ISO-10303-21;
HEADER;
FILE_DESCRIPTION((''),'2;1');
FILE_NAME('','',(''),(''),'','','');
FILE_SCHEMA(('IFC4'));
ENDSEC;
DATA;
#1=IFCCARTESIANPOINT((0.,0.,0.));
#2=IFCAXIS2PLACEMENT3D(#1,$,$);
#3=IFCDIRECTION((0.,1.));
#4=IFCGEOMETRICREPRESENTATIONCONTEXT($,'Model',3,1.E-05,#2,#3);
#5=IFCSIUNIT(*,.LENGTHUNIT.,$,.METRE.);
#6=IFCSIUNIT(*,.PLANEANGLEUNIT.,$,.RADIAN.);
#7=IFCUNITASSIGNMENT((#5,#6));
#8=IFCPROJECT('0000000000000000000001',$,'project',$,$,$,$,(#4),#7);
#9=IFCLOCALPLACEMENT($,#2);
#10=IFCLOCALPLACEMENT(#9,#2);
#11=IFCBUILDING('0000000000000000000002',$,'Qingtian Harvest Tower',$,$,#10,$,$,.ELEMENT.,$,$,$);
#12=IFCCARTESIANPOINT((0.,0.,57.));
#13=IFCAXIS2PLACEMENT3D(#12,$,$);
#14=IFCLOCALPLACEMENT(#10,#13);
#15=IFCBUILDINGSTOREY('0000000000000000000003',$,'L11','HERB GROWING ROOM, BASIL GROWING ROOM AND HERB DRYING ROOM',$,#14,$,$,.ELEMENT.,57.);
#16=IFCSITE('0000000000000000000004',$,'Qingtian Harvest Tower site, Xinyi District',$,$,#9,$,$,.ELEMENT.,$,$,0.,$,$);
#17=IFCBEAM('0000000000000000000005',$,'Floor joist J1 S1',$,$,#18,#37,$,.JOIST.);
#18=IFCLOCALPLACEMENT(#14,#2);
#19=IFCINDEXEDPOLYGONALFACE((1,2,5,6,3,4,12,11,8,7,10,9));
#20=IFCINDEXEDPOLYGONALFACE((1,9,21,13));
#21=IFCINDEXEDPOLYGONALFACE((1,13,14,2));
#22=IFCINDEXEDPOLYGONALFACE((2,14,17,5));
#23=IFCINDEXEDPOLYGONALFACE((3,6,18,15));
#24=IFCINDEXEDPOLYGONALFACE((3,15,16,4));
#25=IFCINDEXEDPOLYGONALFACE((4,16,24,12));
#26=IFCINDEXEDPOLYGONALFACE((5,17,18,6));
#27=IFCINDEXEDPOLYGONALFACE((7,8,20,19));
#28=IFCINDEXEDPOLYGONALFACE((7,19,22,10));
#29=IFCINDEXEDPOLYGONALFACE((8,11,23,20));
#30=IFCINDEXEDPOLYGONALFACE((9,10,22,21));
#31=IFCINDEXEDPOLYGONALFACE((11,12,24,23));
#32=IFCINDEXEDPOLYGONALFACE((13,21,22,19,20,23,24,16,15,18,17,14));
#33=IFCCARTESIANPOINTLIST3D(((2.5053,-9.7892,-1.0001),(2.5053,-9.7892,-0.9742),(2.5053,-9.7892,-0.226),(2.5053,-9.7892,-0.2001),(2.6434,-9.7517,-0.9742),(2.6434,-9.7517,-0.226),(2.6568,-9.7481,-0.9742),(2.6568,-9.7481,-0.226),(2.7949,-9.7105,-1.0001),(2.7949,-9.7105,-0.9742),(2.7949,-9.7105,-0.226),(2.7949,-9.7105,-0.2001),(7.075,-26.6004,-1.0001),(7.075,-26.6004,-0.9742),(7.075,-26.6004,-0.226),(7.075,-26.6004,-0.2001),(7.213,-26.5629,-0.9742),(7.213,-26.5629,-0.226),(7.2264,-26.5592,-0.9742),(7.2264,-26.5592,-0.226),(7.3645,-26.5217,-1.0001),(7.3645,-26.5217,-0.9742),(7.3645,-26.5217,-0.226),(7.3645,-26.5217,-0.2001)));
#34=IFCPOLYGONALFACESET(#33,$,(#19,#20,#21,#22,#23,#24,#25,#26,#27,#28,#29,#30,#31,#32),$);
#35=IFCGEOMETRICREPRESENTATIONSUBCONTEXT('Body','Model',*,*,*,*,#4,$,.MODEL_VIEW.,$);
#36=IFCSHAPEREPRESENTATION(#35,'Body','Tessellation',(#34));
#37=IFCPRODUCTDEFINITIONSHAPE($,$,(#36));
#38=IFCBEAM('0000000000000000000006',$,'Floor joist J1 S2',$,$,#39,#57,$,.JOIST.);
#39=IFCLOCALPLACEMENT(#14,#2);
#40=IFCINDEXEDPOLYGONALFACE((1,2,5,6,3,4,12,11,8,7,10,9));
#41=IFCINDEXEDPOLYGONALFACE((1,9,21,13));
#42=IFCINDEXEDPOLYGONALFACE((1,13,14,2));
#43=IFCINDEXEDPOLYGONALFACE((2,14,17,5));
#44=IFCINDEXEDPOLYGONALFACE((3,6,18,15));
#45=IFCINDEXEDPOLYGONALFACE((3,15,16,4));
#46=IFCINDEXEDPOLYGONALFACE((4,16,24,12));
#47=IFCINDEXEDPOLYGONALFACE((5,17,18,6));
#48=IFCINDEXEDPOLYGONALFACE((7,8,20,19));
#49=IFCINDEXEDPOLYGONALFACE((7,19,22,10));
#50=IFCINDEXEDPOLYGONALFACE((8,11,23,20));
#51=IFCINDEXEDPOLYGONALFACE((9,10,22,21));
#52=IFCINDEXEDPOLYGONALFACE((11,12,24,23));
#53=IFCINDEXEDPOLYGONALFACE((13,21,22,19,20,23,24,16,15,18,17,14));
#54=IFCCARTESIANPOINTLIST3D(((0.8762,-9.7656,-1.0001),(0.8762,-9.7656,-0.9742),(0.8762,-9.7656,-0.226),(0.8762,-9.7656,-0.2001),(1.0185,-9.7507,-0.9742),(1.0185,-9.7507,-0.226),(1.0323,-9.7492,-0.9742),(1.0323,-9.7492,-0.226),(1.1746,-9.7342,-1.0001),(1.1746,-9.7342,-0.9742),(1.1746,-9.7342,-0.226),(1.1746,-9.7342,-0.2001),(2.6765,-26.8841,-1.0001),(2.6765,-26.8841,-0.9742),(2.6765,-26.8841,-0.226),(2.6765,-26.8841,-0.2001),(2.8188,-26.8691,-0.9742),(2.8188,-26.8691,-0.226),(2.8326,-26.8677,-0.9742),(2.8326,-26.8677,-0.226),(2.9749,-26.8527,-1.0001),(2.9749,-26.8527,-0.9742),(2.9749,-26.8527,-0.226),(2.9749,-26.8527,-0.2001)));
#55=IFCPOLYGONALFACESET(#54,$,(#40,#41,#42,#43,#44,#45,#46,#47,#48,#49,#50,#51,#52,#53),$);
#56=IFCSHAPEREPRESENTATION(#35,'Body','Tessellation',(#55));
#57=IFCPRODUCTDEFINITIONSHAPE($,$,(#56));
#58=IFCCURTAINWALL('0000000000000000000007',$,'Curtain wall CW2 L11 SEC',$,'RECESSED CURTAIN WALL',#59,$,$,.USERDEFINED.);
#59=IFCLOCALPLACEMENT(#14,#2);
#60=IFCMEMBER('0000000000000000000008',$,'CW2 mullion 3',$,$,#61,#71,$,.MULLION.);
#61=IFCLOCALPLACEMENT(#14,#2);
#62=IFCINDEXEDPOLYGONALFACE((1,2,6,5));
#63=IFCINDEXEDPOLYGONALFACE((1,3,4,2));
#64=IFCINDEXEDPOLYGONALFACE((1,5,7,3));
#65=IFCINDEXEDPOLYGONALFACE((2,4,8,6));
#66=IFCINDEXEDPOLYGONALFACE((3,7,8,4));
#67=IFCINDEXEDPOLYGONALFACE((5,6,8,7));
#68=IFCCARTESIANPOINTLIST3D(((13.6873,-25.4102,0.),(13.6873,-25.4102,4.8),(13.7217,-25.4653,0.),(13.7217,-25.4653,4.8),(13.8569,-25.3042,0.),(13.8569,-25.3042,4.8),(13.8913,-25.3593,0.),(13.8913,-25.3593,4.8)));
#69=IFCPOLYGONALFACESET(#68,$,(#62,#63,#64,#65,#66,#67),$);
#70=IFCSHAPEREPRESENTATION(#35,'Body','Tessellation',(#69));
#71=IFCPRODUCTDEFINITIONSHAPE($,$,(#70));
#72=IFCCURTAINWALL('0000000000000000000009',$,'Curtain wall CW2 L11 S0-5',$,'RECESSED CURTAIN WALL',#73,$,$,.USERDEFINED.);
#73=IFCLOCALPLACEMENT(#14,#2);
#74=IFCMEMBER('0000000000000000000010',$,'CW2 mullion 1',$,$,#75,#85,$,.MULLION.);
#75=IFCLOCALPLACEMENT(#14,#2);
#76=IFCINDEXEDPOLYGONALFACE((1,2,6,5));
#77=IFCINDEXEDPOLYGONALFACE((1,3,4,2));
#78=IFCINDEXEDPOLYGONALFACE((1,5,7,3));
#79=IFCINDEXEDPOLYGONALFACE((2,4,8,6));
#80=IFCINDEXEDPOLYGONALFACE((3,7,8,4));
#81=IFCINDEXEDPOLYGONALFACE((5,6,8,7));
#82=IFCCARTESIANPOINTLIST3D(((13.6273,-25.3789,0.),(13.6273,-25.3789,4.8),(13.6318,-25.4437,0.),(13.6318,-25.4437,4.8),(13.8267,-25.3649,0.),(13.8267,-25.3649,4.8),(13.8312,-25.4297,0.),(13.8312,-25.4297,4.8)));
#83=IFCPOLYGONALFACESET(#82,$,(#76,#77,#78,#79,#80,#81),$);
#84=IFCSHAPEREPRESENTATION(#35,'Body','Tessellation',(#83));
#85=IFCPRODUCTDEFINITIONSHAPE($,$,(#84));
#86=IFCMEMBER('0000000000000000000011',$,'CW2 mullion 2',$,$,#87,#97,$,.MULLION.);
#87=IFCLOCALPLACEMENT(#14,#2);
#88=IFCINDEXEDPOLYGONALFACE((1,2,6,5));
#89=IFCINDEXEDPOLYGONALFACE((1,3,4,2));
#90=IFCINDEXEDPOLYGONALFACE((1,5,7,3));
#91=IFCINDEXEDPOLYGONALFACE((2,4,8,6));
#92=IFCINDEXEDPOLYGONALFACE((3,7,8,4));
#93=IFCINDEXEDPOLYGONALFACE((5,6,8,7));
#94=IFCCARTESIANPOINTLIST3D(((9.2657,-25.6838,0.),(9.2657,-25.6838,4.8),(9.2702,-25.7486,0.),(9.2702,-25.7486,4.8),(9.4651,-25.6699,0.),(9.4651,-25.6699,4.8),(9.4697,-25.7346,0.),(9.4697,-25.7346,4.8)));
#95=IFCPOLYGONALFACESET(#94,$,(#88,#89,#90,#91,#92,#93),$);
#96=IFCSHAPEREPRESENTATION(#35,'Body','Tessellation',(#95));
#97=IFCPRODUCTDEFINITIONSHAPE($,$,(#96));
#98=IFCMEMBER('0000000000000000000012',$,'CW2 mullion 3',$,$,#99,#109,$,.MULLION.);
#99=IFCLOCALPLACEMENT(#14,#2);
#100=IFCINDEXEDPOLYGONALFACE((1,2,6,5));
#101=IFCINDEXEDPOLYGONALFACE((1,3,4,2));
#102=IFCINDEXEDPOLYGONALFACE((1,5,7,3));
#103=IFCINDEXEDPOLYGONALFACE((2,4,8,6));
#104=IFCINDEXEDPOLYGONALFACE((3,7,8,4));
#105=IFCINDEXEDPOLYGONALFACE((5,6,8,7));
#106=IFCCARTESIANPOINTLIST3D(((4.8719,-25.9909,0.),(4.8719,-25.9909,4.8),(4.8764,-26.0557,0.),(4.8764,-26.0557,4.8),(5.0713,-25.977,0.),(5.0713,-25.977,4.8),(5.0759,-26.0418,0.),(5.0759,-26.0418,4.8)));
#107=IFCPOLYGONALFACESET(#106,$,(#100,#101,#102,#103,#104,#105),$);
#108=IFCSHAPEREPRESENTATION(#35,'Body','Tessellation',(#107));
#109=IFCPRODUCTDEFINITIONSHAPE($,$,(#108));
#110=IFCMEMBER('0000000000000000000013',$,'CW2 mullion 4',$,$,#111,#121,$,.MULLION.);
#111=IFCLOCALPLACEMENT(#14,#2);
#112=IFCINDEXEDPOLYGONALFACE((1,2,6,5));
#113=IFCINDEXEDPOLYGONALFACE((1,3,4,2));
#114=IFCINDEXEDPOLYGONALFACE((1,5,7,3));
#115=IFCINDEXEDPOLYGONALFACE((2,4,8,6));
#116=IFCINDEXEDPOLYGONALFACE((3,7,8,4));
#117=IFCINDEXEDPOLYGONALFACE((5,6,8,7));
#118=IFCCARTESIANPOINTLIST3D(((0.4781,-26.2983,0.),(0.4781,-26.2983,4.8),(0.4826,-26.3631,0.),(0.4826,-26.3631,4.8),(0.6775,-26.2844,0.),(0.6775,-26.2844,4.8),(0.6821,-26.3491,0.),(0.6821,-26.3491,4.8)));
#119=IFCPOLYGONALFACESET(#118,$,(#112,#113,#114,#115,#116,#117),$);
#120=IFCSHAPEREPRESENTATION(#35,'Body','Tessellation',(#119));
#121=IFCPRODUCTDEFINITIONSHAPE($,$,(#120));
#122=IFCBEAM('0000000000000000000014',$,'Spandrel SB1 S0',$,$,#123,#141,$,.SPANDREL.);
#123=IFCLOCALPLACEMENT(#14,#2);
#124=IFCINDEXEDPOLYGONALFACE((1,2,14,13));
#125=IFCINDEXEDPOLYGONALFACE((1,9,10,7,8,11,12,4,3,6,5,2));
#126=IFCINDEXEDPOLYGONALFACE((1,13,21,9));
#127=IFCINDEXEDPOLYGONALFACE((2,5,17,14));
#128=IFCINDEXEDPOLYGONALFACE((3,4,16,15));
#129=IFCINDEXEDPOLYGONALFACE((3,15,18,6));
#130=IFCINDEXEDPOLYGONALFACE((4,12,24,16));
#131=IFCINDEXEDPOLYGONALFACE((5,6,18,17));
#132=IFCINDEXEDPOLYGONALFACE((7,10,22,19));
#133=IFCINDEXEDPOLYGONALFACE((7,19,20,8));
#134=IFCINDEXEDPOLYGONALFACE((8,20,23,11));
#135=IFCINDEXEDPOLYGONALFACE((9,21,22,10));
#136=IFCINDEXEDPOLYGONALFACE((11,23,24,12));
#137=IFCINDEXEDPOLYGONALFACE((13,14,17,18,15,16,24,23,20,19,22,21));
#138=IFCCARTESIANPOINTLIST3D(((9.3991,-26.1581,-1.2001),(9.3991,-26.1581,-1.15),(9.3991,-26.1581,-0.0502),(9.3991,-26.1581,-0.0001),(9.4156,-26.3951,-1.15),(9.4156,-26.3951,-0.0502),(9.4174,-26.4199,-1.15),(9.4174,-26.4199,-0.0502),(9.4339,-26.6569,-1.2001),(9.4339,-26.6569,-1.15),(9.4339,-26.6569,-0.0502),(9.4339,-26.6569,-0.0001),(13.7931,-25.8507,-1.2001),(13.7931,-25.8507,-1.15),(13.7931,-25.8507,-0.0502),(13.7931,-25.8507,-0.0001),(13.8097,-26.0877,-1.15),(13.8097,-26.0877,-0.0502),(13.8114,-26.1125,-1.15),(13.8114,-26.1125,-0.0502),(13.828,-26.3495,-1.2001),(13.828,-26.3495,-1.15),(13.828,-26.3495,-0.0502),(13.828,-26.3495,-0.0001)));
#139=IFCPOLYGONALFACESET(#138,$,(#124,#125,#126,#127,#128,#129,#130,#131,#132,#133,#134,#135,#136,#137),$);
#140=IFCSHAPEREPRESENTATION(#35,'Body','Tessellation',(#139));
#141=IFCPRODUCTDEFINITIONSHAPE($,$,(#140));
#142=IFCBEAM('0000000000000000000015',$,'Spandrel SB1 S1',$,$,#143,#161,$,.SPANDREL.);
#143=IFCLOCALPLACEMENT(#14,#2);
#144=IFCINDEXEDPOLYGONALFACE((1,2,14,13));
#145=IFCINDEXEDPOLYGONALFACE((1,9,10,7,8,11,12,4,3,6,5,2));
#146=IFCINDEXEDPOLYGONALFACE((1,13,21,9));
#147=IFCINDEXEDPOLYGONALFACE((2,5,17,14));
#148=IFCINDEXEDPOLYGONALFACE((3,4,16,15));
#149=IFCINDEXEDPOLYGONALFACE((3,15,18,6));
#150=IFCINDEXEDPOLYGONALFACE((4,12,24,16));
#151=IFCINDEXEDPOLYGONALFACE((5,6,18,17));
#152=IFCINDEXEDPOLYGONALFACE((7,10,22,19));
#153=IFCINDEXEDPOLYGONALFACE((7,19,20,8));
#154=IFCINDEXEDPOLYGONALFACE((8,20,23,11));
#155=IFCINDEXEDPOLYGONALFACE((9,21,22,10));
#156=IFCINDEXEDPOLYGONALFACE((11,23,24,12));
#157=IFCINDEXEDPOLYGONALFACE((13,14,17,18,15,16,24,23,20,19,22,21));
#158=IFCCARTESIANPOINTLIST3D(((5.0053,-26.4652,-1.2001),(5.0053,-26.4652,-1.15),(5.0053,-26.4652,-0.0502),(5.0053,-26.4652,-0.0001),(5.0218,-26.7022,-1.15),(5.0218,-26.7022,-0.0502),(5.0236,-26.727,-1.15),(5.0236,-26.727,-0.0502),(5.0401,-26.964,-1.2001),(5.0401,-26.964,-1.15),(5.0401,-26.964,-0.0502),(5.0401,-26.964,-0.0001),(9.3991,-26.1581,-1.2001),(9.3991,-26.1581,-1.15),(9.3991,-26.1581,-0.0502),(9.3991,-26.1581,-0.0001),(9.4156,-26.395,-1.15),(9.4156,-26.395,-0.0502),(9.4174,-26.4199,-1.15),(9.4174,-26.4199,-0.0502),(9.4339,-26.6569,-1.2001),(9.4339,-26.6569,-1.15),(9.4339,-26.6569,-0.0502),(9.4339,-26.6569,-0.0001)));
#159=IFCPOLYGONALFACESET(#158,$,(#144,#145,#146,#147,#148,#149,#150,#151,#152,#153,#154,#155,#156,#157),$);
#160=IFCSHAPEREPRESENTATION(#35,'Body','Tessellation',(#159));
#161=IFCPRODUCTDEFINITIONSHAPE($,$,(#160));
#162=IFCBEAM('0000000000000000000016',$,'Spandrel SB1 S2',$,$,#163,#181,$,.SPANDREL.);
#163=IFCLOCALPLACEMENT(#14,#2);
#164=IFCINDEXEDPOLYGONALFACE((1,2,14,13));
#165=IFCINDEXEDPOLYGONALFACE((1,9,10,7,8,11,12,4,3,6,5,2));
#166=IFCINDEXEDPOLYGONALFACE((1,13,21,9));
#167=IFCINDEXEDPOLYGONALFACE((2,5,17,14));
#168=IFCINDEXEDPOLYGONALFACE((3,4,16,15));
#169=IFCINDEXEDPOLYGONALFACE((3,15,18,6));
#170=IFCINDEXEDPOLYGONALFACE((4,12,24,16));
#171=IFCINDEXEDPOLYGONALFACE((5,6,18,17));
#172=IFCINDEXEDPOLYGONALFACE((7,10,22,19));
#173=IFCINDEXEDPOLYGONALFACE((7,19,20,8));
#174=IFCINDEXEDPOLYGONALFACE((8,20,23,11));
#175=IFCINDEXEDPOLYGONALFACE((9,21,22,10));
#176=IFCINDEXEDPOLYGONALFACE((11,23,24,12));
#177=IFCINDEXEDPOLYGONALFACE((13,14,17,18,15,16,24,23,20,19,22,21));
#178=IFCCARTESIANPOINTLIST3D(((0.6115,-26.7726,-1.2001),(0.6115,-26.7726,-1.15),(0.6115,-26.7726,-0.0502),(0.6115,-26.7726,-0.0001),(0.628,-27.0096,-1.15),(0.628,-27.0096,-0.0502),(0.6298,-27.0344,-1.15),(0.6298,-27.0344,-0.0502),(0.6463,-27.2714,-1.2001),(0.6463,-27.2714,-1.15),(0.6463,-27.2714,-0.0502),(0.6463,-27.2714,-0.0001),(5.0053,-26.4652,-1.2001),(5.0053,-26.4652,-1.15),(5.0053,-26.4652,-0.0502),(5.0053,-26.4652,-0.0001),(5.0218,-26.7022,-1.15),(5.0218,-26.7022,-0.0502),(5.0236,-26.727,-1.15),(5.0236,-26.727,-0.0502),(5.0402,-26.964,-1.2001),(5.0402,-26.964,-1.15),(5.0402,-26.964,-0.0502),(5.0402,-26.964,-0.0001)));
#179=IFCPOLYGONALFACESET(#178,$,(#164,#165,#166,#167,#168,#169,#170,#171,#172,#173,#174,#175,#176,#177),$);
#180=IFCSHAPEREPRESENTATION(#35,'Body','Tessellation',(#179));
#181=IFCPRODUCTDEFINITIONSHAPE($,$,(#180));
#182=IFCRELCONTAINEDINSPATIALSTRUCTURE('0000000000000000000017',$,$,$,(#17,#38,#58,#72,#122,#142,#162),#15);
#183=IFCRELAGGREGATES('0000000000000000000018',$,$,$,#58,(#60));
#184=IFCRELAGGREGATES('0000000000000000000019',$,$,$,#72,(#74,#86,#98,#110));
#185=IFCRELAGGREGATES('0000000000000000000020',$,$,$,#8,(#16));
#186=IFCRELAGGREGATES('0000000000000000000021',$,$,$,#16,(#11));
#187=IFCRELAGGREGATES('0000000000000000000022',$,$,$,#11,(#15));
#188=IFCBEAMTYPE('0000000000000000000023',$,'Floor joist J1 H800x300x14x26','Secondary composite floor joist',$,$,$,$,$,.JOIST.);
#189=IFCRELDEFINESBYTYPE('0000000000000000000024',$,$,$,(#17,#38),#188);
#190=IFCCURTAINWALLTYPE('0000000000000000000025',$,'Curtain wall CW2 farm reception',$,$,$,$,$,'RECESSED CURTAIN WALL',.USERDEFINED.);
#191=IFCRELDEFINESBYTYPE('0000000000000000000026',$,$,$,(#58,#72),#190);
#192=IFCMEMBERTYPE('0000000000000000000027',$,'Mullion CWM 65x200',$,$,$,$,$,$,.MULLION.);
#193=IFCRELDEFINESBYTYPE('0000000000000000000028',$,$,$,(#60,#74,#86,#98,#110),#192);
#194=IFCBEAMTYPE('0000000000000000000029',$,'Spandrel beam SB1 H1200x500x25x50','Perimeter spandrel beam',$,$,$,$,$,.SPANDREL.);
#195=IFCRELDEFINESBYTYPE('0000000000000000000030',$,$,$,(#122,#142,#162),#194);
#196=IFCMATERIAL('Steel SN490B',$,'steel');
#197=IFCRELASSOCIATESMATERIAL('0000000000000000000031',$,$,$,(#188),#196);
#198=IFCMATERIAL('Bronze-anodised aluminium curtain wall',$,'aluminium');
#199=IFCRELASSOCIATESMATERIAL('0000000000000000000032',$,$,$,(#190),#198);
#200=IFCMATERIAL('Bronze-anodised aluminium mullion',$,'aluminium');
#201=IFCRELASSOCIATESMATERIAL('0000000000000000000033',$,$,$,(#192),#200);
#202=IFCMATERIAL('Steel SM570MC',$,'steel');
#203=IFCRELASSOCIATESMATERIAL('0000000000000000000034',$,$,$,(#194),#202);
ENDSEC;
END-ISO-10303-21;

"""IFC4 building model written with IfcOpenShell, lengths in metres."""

from ifc_helpers import new_model, si_unit, direction, frame, origin, origin_2d, place, context, subcontext, project, spatial, rectangle, i_section, extrude, material, material_profile, profile_set, type_object, element, aggregate, save


model = new_model("IFC4")

# Units and contexts
model_context = context("Model", 3, precision=1e-05, world=origin(), true_north=direction((0.0, 1.0)))
body_context = subcontext(model_context, "Body", "Model", "MODEL_VIEW")
ifc_project = project(units=[si_unit("LENGTHUNIT", "METRE"), si_unit("PLANEANGLEUNIT", "RADIAN")], contexts=[model_context])

# Site, building, storey
site_placement = place(None, origin())
site = spatial("IfcSite", under=ifc_project, at=site_placement, Name="Qingtian Harvest Tower site, Xinyi District", CompositionType="ELEMENT", RefElevation=0.0)
building_placement = place(site_placement, origin())
building = spatial("IfcBuilding", under=site, at=building_placement, Name="Qingtian Harvest Tower", CompositionType="ELEMENT")
storey_placement = place(building_placement, frame((0.0, 0.0, 57.0)))
storey = spatial("IfcBuildingStorey", under=building, at=storey_placement, Name="L11", Description="HERB GROWING ROOM, BASIL GROWING ROOM AND HERB DRYING ROOM", CompositionType="ELEMENT", Elevation=57.0)

# Beams
ifc_material_1 = material(Name="Steel SN490B", Category="steel")
ifc_material_profile_1 = material_profile(ifc_material_1, i_section(OverallWidth=0.3, OverallDepth=0.8, WebThickness=0.0139, FlangeThickness=0.0259, at=origin_2d()), Name="H800x300x14x26")
ifc_profile_set_1 = profile_set([ifc_material_profile_1], Name="Steel SN490B")
beam_type_1 = type_object("IfcBeamType", Name="Floor joist J1 H800x300x14x26", Description="Secondary composite floor joist", PredefinedType="JOIST", material=ifc_profile_set_1)
beam_1_placement = place(storey_placement, frame((7.2197, -26.561, -0.6001), z_axis=(-0.262303, 0.964986, 0.0), x_axis=(-0.964986, -0.262303, 0.0)))
element("IfcBeam", 1, at=beam_1_placement, inside=storey, type_object=beam_type_1, Name="Floor joist J1 S1", PredefinedType="JOIST", context=body_context, shape_type="SweptSolid", body=[
    extrude(i_section(OverallWidth=0.3, OverallDepth=0.8, WebThickness=0.0139, FlangeThickness=0.0259, at=origin_2d()), origin(), (0.0, 0.0, 1.0), 17.4211),
])
beam_2_placement = place(storey_placement, frame((2.8257, -26.8684, -0.6001), z_axis=(-0.10459, 0.994515, 0.0), x_axis=(-0.994515, -0.10459, 0.0)))
element("IfcBeam", 2, at=beam_2_placement, inside=storey, type_object=beam_type_1, Name="Floor joist J1 S2", PredefinedType="JOIST", context=body_context, shape_type="SweptSolid", body=[
    extrude(i_section(OverallWidth=0.3, OverallDepth=0.8, WebThickness=0.0139, FlangeThickness=0.0259, at=origin_2d()), origin(), (0.0, 0.0, 1.0), 17.2129),
])

# Curtain wall, member
ifc_material_2 = material(Name="Bronze-anodised aluminium curtain wall", Category="aluminium")
curtain_wall_type = type_object("IfcCurtainWallType", Name="Curtain wall CW2 farm reception", ElementType="RECESSED CURTAIN WALL", PredefinedType="USERDEFINED", material=ifc_material_2)
curtain_wall_1_placement = place(storey_placement, origin())
curtain_wall_1 = element("IfcCurtainWall", 3, at=curtain_wall_1_placement, inside=storey, type_object=curtain_wall_type, Name="Curtain wall CW2 L11 SEC", ObjectType="RECESSED CURTAIN WALL", PredefinedType="USERDEFINED")
ifc_material_3 = material(Name="Bronze-anodised aluminium mullion", Category="aluminium")
ifc_material_profile_2 = material_profile(ifc_material_3, rectangle(XDim=0.0649, YDim=0.2, at=origin_2d()), Name="AL 65x200")
ifc_profile_set_2 = profile_set([ifc_material_profile_2], Name="Bronze-anodised aluminium mullion")
member_type_1 = type_object("IfcMemberType", Name="Mullion CWM 65x200", PredefinedType="MULLION", material=ifc_profile_set_2)
member_1_placement = place(storey_placement, frame((13.7893, -25.3848, 0.0), z_axis=(0.0, 0.0, 1.0), x_axis=(0.529919, -0.848048, 0.0)))
member_1 = element("IfcMember", 4, at=member_1_placement, type_object=member_type_1, Name="CW2 mullion 3", PredefinedType="MULLION", context=body_context, shape_type="SweptSolid", body=[
    extrude(rectangle(XDim=0.0649, YDim=0.2, at=origin_2d()), origin(), (0.0, 0.0, 1.0), 4.8),
])

# Curtain wall, members
curtain_wall_2_placement = place(storey_placement, origin())
curtain_wall_2 = element("IfcCurtainWall", 5, at=curtain_wall_2_placement, inside=storey, type_object=curtain_wall_type, Name="Curtain wall CW2 L11 S0-5", ObjectType="RECESSED CURTAIN WALL", PredefinedType="USERDEFINED")
member_2_placement = place(storey_placement, frame((13.7292, -25.4043, 0.0), z_axis=(0.0, 0.0, 1.0), x_axis=(0.069756, -0.997564, 0.0)))
member_2 = element("IfcMember", 6, at=member_2_placement, type_object=member_type_1, Name="CW2 mullion 1", PredefinedType="MULLION", context=body_context, shape_type="SweptSolid", body=[
    extrude(rectangle(XDim=0.0649, YDim=0.2, at=origin_2d()), origin(), (0.0, 0.0, 1.0), 4.8),
])
member_3_placement = place(storey_placement, frame((9.3677, -25.7092, 0.0), z_axis=(0.0, 0.0, 1.0), x_axis=(0.069756, -0.997564, 0.0)))
member_3 = element("IfcMember", 7, at=member_3_placement, type_object=member_type_1, Name="CW2 mullion 2", PredefinedType="MULLION", context=body_context, shape_type="SweptSolid", body=[
    extrude(rectangle(XDim=0.0649, YDim=0.2, at=origin_2d()), origin(), (0.0, 0.0, 1.0), 4.8),
])
member_4_placement = place(storey_placement, frame((4.9739, -26.0164, 0.0), z_axis=(0.0, 0.0, 1.0), x_axis=(0.069756, -0.997564, 0.0)))
member_4 = element("IfcMember", 8, at=member_4_placement, type_object=member_type_1, Name="CW2 mullion 3", PredefinedType="MULLION", context=body_context, shape_type="SweptSolid", body=[
    extrude(rectangle(XDim=0.0649, YDim=0.2, at=origin_2d()), origin(), (0.0, 0.0, 1.0), 4.8),
])
member_5_placement = place(storey_placement, frame((0.5801, -26.3237, 0.0), z_axis=(0.0, 0.0, 1.0), x_axis=(0.069756, -0.997564, 0.0)))
member_5 = element("IfcMember", 9, at=member_5_placement, type_object=member_type_1, Name="CW2 mullion 4", PredefinedType="MULLION", context=body_context, shape_type="SweptSolid", body=[
    extrude(rectangle(XDim=0.0649, YDim=0.2, at=origin_2d()), origin(), (0.0, 0.0, 1.0), 4.8),
])

# Beams
ifc_material_4 = material(Name="Steel SM570MC", Category="steel")
ifc_material_profile_3 = material_profile(ifc_material_4, i_section(OverallWidth=0.5, OverallDepth=1.2, WebThickness=0.0249, FlangeThickness=0.05, at=origin_2d()), Name="H1200x500x25x50")
ifc_profile_set_3 = profile_set([ifc_material_profile_3], Name="Steel SM570MC")
beam_type_2 = type_object("IfcBeamType", Name="Spandrel beam SB1 H1200x500x25x50", Description="Perimeter spandrel beam", PredefinedType="SPANDREL", material=ifc_profile_set_3)
beam_3_placement = place(storey_placement, frame((13.8105, -26.1001, -0.6001), z_axis=(-0.997562, -0.069782, 0.0), x_axis=(0.069782, -0.997562, 0.0)))
element("IfcBeam", 10, at=beam_3_placement, inside=storey, type_object=beam_type_2, Name="Spandrel SB1 S0", PredefinedType="SPANDREL", context=body_context, shape_type="SweptSolid", body=[
    extrude(i_section(OverallWidth=0.5, OverallDepth=1.2, WebThickness=0.0249, FlangeThickness=0.05, at=origin_2d()), origin(), (0.0, 0.0, 1.0), 4.4048),
])
for number, where, z_axis, x_axis, name in (
    (11, (9.4165, -26.4075, -0.6001), (-0.997566, -0.06973, 0.0), (0.06973, -0.997566, 0.0), "Spandrel SB1 S1"),
    (12, (5.0227, -26.7146, -0.6001), (-0.997562, -0.069786, 0.0), (0.069786, -0.997562, 0.0), "Spandrel SB1 S2"),
):
    element("IfcBeam", number, at=place(storey_placement, frame(where, z_axis=z_axis, x_axis=x_axis)), inside=storey, type_object=beam_type_2, Name=name, PredefinedType="SPANDREL", context=body_context, shape_type="SweptSolid", body=[
        extrude(i_section(OverallWidth=0.5, OverallDepth=1.2, WebThickness=0.0249, FlangeThickness=0.05, at=origin_2d()), origin(), (0.0, 0.0, 1.0), 4.4045),
    ])

aggregate(curtain_wall_1, [member_1])
aggregate(curtain_wall_2, [member_2, member_3, member_4, member_5])

save(model, "model.ifc")
